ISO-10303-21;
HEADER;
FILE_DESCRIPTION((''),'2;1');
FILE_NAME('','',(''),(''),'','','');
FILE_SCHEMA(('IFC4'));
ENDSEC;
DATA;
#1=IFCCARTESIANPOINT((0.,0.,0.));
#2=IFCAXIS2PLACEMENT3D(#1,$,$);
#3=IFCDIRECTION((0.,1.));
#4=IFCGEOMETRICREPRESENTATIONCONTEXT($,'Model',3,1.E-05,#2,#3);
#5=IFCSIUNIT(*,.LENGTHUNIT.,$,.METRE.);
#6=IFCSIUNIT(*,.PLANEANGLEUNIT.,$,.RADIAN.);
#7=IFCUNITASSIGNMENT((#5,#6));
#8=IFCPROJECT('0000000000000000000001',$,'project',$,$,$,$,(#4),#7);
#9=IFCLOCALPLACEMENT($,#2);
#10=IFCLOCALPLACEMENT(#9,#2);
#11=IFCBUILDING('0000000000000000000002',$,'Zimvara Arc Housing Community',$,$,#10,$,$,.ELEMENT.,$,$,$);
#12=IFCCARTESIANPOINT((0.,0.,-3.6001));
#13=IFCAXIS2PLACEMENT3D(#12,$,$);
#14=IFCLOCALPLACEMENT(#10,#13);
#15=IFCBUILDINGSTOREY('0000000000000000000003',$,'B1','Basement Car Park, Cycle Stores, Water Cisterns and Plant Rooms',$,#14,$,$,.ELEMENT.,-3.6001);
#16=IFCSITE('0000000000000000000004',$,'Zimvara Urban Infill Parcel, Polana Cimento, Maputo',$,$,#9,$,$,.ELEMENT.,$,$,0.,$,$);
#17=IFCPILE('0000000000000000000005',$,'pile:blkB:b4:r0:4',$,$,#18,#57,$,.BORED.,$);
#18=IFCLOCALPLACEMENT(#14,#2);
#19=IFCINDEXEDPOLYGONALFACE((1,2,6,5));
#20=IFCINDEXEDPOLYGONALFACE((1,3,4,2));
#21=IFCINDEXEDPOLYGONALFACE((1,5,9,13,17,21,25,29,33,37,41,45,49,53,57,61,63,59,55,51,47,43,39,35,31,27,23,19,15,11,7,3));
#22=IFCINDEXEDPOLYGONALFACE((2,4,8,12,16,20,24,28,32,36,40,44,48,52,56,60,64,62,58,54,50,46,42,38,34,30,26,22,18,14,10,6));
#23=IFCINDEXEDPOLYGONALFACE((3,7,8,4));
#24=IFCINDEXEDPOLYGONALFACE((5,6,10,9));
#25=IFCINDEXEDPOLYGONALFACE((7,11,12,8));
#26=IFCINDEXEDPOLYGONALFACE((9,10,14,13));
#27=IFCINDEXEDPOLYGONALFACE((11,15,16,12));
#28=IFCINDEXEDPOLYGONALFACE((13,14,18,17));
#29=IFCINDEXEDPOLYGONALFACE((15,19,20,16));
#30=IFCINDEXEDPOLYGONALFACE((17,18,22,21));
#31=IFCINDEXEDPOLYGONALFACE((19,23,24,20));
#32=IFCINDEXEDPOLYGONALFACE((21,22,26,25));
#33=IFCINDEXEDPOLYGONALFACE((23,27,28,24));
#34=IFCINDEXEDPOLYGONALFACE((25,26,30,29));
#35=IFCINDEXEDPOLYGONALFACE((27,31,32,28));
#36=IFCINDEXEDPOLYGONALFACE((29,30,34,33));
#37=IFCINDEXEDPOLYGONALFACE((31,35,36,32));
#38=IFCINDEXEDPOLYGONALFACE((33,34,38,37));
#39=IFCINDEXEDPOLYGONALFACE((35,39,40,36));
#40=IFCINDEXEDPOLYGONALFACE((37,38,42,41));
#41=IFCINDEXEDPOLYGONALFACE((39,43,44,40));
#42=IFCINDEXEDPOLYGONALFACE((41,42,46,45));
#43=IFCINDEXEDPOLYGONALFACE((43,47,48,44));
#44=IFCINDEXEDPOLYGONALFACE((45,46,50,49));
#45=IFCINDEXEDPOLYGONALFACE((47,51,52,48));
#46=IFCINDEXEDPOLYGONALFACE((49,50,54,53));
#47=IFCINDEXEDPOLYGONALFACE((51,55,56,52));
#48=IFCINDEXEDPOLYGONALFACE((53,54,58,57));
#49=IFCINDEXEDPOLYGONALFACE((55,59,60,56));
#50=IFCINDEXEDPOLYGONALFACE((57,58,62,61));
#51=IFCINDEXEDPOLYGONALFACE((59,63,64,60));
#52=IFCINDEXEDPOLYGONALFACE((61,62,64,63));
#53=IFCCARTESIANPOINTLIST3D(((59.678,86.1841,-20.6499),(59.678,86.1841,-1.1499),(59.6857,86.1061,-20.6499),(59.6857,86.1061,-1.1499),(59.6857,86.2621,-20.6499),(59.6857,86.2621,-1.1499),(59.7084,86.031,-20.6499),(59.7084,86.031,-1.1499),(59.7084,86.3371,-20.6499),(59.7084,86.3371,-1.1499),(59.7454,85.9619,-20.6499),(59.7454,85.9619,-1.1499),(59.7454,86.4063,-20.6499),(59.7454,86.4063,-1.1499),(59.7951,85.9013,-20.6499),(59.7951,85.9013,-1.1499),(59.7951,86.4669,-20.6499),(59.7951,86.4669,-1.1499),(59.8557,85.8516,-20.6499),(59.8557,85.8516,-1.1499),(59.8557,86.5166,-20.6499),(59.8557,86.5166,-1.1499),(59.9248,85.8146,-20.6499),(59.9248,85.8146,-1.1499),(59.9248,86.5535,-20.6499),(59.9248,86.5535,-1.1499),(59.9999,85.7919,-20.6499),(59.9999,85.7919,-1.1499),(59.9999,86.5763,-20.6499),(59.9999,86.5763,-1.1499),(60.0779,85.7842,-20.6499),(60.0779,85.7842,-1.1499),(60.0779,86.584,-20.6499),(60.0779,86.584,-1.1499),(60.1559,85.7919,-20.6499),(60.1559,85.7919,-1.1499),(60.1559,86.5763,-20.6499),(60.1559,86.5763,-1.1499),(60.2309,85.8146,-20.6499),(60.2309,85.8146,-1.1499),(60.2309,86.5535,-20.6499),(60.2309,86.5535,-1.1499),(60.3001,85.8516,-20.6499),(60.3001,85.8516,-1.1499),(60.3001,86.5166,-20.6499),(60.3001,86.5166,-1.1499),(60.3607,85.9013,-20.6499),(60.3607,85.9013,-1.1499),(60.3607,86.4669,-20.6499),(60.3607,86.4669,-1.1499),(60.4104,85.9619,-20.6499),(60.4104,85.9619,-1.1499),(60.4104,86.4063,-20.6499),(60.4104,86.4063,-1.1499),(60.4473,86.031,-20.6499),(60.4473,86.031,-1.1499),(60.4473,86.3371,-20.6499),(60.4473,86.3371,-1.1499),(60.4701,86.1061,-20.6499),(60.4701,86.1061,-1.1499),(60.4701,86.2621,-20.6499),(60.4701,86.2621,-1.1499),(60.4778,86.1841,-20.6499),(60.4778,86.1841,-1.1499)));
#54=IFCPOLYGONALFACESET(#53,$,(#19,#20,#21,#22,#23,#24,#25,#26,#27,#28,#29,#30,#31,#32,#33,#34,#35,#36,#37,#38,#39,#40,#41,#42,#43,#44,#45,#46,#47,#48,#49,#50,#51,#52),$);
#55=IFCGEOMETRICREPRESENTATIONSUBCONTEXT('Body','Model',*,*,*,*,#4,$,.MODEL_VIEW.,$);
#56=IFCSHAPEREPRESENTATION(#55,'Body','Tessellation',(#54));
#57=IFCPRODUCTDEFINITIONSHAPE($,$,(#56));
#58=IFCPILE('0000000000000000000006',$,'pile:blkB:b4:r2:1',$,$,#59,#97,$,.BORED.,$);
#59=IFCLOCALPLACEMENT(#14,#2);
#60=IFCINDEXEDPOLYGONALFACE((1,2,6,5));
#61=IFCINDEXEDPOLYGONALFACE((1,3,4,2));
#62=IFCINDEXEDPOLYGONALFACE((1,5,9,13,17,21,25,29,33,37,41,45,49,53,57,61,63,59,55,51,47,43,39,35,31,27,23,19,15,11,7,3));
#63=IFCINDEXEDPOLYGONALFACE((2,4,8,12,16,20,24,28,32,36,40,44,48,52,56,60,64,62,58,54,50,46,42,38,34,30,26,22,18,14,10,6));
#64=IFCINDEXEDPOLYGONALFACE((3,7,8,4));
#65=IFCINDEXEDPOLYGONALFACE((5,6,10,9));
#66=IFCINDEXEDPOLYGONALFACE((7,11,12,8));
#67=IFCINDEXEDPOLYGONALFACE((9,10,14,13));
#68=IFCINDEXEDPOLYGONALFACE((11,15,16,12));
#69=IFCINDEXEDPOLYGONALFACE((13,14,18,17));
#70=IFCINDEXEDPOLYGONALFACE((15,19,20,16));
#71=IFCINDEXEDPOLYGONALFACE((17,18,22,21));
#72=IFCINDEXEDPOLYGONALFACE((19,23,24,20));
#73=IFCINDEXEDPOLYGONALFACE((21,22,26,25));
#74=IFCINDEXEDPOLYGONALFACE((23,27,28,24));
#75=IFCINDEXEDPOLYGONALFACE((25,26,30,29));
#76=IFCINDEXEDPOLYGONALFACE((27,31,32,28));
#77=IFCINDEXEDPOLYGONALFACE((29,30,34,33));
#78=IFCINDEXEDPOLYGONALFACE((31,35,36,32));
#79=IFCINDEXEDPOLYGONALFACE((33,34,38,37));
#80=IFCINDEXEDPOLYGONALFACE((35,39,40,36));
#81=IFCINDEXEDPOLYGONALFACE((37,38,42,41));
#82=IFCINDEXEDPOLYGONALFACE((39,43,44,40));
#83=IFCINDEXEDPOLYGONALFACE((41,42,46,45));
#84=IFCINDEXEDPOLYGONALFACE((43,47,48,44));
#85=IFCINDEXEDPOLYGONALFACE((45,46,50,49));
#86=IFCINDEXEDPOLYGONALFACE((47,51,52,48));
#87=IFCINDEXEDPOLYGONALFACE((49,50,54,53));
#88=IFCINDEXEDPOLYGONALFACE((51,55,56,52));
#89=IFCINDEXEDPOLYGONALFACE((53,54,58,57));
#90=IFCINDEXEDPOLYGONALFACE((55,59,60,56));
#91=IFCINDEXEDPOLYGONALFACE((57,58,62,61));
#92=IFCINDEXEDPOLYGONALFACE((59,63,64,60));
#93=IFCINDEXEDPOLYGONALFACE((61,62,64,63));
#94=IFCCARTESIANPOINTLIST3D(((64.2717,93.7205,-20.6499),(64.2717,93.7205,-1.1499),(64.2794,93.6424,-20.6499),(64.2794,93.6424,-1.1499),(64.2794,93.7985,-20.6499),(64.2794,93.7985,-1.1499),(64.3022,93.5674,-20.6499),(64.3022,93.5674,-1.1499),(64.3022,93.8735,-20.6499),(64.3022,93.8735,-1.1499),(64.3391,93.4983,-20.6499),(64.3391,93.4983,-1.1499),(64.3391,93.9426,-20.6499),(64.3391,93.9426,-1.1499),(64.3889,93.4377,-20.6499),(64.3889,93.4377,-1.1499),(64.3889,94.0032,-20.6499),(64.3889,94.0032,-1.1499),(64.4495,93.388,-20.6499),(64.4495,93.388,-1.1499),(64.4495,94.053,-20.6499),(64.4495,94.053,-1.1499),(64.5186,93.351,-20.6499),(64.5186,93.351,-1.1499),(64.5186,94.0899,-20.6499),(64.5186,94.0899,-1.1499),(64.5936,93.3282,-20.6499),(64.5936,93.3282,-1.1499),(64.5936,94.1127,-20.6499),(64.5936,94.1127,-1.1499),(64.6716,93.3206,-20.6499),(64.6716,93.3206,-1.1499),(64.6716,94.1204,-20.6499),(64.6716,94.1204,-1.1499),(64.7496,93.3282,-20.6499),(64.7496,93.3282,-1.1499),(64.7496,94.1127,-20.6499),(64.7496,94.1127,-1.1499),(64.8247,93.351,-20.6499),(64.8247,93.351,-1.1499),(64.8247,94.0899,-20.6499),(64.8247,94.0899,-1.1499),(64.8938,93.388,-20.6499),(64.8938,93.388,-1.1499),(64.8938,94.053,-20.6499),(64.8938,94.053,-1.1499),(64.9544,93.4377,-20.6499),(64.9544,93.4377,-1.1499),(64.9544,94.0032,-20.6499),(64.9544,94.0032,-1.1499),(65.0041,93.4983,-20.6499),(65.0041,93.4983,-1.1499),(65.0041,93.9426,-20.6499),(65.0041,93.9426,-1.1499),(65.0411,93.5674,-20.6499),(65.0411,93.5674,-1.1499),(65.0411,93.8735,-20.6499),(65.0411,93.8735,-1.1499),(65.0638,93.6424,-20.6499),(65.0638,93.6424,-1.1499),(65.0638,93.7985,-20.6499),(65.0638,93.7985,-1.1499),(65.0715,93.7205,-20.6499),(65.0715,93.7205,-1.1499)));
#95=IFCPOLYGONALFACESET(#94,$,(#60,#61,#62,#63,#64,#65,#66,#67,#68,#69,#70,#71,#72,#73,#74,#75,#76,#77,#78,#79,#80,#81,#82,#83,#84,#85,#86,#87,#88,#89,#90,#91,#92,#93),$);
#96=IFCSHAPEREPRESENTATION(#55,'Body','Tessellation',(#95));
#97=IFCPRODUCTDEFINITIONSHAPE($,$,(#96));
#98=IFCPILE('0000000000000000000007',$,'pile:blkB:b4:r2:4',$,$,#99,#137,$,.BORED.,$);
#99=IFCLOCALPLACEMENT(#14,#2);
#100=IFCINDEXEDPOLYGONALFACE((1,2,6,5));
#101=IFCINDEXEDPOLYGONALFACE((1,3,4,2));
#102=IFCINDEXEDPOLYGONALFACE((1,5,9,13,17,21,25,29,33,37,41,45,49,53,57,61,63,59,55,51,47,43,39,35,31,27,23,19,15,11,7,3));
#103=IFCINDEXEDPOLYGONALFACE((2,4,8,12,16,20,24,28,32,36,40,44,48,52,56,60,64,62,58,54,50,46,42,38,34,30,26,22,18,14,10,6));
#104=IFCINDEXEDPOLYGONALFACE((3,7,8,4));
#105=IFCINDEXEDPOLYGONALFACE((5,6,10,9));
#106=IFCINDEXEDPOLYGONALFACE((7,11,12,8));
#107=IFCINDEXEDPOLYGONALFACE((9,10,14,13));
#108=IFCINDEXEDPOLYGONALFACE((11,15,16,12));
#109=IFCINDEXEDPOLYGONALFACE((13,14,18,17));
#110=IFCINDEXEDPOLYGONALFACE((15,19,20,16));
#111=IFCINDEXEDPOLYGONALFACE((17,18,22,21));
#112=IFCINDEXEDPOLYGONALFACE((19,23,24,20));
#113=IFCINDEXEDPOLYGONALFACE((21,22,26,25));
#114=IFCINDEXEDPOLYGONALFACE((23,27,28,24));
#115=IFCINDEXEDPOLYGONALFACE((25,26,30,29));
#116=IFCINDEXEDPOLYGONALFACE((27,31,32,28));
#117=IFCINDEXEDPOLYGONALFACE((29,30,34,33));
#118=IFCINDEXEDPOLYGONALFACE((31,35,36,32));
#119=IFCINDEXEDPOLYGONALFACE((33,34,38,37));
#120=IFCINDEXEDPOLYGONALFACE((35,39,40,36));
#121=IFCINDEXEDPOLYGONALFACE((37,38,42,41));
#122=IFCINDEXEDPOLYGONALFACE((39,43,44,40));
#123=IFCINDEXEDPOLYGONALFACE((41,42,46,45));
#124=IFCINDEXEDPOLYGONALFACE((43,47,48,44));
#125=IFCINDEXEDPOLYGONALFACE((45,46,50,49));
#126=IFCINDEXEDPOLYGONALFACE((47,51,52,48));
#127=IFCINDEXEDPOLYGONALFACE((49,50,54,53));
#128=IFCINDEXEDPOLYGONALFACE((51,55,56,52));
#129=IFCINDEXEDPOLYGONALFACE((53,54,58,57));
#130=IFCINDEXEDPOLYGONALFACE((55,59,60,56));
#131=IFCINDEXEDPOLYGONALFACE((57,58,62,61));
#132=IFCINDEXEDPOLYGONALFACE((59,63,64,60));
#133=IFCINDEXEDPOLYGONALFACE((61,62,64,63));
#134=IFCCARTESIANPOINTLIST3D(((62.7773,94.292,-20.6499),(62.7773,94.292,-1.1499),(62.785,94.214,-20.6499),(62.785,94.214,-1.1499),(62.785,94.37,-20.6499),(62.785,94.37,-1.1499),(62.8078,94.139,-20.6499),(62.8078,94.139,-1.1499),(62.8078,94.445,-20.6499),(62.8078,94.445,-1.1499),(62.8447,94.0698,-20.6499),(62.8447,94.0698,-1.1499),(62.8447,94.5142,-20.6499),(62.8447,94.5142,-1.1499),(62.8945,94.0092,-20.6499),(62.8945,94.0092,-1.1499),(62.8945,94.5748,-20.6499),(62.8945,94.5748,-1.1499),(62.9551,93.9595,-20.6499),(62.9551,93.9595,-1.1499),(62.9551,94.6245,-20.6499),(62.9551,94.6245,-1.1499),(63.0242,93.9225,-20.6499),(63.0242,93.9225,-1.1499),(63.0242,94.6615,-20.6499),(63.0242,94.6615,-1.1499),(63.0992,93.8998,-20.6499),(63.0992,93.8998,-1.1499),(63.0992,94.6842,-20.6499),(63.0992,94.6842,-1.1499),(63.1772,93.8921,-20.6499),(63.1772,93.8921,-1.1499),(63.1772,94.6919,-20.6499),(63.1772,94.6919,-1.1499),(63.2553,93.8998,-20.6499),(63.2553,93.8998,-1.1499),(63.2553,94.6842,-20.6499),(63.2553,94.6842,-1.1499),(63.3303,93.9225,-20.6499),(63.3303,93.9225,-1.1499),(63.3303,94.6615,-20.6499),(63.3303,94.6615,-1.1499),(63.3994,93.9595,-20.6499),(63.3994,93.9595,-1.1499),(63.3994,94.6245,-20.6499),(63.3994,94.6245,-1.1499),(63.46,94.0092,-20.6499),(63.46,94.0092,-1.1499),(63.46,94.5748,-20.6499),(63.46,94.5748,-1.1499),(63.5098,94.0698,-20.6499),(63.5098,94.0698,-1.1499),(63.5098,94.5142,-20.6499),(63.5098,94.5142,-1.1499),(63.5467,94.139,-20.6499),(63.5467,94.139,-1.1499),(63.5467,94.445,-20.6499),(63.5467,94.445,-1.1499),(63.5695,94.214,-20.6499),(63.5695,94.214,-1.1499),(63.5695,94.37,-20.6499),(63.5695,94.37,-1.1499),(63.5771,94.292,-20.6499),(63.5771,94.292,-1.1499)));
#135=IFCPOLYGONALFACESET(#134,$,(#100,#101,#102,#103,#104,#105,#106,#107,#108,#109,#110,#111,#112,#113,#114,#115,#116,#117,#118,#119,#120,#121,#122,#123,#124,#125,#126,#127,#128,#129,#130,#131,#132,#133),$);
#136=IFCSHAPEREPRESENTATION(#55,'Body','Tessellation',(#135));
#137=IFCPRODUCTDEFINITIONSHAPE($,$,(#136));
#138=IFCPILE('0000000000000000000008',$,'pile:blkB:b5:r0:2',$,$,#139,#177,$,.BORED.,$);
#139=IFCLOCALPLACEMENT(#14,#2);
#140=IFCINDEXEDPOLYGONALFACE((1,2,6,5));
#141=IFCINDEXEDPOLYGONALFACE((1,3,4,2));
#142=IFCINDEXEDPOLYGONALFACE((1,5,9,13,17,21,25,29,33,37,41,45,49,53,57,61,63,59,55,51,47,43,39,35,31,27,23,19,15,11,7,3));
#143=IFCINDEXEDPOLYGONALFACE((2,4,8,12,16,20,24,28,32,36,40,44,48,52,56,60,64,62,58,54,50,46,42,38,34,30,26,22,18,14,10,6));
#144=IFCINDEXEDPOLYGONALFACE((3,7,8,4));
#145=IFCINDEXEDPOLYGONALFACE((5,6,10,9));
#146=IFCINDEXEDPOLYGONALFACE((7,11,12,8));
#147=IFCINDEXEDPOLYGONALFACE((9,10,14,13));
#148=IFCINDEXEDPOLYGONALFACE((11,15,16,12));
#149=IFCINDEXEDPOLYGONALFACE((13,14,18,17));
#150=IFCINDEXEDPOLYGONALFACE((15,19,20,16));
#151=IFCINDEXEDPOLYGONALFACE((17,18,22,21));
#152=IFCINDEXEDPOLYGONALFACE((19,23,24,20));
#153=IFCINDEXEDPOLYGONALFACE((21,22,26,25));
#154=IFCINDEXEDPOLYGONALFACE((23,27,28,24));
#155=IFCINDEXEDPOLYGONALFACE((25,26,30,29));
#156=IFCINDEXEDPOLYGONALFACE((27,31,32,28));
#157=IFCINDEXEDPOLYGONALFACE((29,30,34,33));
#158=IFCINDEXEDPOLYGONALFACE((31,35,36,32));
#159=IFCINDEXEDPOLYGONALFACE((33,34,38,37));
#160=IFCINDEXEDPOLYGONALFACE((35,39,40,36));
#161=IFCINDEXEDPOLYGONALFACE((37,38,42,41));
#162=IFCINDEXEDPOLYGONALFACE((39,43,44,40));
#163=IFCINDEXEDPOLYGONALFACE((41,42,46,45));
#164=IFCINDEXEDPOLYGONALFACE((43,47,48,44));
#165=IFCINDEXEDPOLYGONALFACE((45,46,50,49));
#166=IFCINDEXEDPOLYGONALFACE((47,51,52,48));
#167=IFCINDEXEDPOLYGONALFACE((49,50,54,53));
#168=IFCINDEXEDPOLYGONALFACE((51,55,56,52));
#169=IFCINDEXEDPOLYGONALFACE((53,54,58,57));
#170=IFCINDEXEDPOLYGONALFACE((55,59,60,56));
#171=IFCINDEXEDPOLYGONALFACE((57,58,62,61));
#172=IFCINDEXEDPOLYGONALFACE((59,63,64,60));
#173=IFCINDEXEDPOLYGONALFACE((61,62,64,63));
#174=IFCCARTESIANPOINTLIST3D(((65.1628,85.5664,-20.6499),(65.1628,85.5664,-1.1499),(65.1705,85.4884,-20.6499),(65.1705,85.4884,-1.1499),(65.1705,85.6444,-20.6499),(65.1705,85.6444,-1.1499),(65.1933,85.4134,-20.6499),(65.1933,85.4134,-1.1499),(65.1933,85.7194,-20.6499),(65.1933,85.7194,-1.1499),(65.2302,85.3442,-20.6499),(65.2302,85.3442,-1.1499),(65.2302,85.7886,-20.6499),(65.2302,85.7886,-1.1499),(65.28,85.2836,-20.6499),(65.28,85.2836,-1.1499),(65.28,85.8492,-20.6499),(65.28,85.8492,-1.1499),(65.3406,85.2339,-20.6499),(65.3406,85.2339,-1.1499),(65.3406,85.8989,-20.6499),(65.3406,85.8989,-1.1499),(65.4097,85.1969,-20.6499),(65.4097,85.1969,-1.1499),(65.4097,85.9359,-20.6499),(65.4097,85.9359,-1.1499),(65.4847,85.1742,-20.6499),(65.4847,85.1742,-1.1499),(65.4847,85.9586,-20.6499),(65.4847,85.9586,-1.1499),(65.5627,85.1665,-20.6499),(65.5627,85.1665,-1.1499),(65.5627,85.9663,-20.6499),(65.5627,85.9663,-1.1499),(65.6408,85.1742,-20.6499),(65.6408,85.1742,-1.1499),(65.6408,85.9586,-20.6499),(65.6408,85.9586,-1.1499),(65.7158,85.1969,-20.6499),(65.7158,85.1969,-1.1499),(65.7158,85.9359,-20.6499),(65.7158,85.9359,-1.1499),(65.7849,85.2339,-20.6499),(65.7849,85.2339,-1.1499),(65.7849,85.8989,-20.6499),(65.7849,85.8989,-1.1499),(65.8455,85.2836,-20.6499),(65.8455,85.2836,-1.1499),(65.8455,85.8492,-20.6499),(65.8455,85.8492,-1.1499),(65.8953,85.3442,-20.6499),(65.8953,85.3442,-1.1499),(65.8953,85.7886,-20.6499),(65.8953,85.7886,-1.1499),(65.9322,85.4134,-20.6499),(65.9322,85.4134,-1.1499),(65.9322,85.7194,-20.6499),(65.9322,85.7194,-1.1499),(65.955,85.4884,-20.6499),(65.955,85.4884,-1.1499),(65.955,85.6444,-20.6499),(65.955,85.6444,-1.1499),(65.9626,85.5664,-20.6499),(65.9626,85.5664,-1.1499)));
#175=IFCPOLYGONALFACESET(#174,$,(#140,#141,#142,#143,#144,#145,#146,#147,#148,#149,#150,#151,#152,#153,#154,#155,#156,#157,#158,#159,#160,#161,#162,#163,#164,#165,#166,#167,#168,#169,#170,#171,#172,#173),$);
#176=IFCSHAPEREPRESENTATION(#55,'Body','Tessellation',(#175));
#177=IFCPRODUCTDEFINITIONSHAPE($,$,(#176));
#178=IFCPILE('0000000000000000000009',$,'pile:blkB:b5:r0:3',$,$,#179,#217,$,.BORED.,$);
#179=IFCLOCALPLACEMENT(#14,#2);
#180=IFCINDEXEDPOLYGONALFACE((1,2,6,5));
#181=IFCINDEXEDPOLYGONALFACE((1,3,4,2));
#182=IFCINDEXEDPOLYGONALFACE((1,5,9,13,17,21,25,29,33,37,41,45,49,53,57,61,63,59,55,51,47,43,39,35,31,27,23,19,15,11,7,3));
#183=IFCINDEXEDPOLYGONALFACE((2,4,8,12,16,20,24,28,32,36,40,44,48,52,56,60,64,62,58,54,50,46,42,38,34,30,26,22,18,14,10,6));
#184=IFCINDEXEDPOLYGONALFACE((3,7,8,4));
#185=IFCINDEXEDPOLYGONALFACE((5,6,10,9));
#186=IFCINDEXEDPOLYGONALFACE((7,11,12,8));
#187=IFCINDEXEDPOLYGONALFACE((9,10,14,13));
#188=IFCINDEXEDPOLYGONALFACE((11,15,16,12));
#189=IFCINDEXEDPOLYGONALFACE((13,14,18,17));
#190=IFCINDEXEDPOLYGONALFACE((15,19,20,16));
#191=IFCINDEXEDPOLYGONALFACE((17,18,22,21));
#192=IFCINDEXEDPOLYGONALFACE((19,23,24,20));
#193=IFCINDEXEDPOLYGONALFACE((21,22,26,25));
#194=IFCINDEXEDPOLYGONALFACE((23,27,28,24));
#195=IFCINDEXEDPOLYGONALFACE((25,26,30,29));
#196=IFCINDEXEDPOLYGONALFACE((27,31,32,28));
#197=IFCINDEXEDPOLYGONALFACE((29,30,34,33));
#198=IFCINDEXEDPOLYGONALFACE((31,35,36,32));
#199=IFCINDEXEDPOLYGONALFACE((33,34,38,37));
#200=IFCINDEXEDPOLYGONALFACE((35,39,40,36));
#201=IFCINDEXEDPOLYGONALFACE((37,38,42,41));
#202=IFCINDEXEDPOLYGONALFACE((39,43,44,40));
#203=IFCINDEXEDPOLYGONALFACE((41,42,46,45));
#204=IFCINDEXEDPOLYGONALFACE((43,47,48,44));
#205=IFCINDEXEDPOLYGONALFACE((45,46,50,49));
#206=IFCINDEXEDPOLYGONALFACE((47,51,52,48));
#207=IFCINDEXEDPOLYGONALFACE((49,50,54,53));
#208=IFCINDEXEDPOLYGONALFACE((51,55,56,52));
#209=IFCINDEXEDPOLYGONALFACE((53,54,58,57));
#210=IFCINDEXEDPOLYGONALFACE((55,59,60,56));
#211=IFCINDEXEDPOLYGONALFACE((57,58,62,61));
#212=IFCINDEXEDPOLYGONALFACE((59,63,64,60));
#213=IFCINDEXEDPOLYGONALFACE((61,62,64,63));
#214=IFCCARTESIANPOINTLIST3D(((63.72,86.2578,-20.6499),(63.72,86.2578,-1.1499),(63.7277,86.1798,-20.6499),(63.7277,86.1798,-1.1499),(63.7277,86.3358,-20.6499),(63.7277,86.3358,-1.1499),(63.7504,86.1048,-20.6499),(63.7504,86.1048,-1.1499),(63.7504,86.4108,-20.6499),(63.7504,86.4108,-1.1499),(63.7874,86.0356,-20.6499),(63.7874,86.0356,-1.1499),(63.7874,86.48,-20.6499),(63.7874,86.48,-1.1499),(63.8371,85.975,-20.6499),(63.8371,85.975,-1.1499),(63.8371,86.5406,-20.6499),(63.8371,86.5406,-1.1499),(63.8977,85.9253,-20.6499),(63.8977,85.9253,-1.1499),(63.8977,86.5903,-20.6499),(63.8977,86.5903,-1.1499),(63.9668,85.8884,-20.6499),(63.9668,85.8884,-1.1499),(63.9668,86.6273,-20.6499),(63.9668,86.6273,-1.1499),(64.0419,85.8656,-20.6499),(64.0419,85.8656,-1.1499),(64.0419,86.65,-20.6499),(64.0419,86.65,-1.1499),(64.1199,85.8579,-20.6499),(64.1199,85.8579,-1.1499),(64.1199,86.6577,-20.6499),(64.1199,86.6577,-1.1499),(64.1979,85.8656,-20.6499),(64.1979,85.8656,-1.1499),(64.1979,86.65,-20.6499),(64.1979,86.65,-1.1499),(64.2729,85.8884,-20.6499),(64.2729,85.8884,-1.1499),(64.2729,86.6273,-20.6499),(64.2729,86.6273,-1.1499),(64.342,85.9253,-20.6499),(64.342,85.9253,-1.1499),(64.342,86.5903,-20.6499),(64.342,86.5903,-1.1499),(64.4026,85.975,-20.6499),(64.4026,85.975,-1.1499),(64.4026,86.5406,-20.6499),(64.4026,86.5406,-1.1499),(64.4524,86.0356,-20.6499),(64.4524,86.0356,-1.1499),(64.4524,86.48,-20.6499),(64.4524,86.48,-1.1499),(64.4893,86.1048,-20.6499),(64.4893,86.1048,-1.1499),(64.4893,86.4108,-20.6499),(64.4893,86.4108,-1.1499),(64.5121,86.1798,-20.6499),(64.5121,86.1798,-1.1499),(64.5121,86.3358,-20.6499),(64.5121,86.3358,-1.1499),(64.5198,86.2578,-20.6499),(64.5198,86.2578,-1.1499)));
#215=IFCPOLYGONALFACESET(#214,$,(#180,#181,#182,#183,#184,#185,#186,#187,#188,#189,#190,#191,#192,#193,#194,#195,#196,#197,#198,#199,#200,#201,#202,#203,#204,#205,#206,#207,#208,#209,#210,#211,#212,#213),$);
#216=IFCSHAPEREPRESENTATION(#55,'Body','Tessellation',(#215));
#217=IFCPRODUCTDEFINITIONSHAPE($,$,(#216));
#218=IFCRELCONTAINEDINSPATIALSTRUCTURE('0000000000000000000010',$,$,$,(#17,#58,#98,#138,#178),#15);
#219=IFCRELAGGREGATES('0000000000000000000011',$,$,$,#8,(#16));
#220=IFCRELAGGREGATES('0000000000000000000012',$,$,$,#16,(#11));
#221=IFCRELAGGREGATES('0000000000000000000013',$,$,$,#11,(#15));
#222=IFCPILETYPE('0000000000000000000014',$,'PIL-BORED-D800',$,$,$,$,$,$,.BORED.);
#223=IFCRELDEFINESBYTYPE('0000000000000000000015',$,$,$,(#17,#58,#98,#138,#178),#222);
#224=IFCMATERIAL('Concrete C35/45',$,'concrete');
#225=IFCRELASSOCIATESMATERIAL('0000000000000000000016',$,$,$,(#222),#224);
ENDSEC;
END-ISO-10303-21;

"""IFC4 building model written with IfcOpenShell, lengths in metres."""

from ifc_helpers import new_model, si_unit, direction, frame, origin, origin_2d, place, context, subcontext, project, spatial, circle, extrude, material, material_profile, profile_set, type_object, element, save


model = new_model("IFC4")

# Units and contexts
model_context = context("Model", 3, precision=1e-05, world=origin(), true_north=direction((0.0, 1.0)))
body_context = subcontext(model_context, "Body", "Model", "MODEL_VIEW")
ifc_project = project(units=[si_unit("LENGTHUNIT", "METRE"), si_unit("PLANEANGLEUNIT", "RADIAN")], contexts=[model_context])

# Site, building, storey
site_placement = place(None, origin())
site = spatial("IfcSite", under=ifc_project, at=site_placement, Name="Zimvara Urban Infill Parcel, Polana Cimento, Maputo", CompositionType="ELEMENT", RefElevation=0.0)
building_placement = place(site_placement, origin())
building = spatial("IfcBuilding", under=site, at=building_placement, Name="Zimvara Arc Housing Community", CompositionType="ELEMENT")
storey_placement = place(building_placement, frame((0.0, 0.0, -3.6001)))
storey = spatial("IfcBuildingStorey", under=building, at=storey_placement, Name="B1", Description="Basement Car Park, Cycle Stores, Water Cisterns and Plant Rooms", CompositionType="ELEMENT", Elevation=-3.6001)

# Piles
ifc_material_1 = material(Name="Concrete C35/45", Category="concrete")
ifc_material_profile_1 = material_profile(ifc_material_1, circle(Radius=0.3999, at=origin_2d()), Name="PILE D800")
ifc_profile_set_1 = profile_set([ifc_material_profile_1], Name="Concrete C35/45")
pile_type = type_object("IfcPileType", Name="PIL-BORED-D800", PredefinedType="BORED", material=ifc_profile_set_1)
for number, where, z_axis, x_axis, name in (
    (1, (60.0779, 86.1841, -1.1499), (0.0, 0.0, -1.0), (1.0, 0.0, 0.0), "pile:blkB:b4:r0:4"),
    (2, (64.6716, 93.7205, -1.1499), (0.0, 0.0, -1.0), (1.0, 0.0, 0.0), "pile:blkB:b4:r2:1"),
    (3, (63.1772, 94.292, -1.1499), (0.0, 0.0, -1.0), (1.0, 0.0, 0.0), "pile:blkB:b4:r2:4"),
    (4, (65.5627, 85.5664, -1.1499), (0.0, 0.0, -1.0), (1.0, 0.0, 0.0), "pile:blkB:b5:r0:2"),
    (5, (64.1199, 86.2578, -1.1499), (0.0, 0.0, -1.0), (1.0, 0.0, 0.0), "pile:blkB:b5:r0:3"),
):
    element("IfcPile", number, at=place(storey_placement, frame(where, z_axis=z_axis, x_axis=x_axis)), inside=storey, type_object=pile_type, Name=name, PredefinedType="BORED", context=body_context, shape_type="SweptSolid", body=[
        extrude(circle(Radius=0.3999, at=origin_2d()), origin(), (0.0, 0.0, 1.0), 19.5),
    ])

save(model, "model.ifc")
